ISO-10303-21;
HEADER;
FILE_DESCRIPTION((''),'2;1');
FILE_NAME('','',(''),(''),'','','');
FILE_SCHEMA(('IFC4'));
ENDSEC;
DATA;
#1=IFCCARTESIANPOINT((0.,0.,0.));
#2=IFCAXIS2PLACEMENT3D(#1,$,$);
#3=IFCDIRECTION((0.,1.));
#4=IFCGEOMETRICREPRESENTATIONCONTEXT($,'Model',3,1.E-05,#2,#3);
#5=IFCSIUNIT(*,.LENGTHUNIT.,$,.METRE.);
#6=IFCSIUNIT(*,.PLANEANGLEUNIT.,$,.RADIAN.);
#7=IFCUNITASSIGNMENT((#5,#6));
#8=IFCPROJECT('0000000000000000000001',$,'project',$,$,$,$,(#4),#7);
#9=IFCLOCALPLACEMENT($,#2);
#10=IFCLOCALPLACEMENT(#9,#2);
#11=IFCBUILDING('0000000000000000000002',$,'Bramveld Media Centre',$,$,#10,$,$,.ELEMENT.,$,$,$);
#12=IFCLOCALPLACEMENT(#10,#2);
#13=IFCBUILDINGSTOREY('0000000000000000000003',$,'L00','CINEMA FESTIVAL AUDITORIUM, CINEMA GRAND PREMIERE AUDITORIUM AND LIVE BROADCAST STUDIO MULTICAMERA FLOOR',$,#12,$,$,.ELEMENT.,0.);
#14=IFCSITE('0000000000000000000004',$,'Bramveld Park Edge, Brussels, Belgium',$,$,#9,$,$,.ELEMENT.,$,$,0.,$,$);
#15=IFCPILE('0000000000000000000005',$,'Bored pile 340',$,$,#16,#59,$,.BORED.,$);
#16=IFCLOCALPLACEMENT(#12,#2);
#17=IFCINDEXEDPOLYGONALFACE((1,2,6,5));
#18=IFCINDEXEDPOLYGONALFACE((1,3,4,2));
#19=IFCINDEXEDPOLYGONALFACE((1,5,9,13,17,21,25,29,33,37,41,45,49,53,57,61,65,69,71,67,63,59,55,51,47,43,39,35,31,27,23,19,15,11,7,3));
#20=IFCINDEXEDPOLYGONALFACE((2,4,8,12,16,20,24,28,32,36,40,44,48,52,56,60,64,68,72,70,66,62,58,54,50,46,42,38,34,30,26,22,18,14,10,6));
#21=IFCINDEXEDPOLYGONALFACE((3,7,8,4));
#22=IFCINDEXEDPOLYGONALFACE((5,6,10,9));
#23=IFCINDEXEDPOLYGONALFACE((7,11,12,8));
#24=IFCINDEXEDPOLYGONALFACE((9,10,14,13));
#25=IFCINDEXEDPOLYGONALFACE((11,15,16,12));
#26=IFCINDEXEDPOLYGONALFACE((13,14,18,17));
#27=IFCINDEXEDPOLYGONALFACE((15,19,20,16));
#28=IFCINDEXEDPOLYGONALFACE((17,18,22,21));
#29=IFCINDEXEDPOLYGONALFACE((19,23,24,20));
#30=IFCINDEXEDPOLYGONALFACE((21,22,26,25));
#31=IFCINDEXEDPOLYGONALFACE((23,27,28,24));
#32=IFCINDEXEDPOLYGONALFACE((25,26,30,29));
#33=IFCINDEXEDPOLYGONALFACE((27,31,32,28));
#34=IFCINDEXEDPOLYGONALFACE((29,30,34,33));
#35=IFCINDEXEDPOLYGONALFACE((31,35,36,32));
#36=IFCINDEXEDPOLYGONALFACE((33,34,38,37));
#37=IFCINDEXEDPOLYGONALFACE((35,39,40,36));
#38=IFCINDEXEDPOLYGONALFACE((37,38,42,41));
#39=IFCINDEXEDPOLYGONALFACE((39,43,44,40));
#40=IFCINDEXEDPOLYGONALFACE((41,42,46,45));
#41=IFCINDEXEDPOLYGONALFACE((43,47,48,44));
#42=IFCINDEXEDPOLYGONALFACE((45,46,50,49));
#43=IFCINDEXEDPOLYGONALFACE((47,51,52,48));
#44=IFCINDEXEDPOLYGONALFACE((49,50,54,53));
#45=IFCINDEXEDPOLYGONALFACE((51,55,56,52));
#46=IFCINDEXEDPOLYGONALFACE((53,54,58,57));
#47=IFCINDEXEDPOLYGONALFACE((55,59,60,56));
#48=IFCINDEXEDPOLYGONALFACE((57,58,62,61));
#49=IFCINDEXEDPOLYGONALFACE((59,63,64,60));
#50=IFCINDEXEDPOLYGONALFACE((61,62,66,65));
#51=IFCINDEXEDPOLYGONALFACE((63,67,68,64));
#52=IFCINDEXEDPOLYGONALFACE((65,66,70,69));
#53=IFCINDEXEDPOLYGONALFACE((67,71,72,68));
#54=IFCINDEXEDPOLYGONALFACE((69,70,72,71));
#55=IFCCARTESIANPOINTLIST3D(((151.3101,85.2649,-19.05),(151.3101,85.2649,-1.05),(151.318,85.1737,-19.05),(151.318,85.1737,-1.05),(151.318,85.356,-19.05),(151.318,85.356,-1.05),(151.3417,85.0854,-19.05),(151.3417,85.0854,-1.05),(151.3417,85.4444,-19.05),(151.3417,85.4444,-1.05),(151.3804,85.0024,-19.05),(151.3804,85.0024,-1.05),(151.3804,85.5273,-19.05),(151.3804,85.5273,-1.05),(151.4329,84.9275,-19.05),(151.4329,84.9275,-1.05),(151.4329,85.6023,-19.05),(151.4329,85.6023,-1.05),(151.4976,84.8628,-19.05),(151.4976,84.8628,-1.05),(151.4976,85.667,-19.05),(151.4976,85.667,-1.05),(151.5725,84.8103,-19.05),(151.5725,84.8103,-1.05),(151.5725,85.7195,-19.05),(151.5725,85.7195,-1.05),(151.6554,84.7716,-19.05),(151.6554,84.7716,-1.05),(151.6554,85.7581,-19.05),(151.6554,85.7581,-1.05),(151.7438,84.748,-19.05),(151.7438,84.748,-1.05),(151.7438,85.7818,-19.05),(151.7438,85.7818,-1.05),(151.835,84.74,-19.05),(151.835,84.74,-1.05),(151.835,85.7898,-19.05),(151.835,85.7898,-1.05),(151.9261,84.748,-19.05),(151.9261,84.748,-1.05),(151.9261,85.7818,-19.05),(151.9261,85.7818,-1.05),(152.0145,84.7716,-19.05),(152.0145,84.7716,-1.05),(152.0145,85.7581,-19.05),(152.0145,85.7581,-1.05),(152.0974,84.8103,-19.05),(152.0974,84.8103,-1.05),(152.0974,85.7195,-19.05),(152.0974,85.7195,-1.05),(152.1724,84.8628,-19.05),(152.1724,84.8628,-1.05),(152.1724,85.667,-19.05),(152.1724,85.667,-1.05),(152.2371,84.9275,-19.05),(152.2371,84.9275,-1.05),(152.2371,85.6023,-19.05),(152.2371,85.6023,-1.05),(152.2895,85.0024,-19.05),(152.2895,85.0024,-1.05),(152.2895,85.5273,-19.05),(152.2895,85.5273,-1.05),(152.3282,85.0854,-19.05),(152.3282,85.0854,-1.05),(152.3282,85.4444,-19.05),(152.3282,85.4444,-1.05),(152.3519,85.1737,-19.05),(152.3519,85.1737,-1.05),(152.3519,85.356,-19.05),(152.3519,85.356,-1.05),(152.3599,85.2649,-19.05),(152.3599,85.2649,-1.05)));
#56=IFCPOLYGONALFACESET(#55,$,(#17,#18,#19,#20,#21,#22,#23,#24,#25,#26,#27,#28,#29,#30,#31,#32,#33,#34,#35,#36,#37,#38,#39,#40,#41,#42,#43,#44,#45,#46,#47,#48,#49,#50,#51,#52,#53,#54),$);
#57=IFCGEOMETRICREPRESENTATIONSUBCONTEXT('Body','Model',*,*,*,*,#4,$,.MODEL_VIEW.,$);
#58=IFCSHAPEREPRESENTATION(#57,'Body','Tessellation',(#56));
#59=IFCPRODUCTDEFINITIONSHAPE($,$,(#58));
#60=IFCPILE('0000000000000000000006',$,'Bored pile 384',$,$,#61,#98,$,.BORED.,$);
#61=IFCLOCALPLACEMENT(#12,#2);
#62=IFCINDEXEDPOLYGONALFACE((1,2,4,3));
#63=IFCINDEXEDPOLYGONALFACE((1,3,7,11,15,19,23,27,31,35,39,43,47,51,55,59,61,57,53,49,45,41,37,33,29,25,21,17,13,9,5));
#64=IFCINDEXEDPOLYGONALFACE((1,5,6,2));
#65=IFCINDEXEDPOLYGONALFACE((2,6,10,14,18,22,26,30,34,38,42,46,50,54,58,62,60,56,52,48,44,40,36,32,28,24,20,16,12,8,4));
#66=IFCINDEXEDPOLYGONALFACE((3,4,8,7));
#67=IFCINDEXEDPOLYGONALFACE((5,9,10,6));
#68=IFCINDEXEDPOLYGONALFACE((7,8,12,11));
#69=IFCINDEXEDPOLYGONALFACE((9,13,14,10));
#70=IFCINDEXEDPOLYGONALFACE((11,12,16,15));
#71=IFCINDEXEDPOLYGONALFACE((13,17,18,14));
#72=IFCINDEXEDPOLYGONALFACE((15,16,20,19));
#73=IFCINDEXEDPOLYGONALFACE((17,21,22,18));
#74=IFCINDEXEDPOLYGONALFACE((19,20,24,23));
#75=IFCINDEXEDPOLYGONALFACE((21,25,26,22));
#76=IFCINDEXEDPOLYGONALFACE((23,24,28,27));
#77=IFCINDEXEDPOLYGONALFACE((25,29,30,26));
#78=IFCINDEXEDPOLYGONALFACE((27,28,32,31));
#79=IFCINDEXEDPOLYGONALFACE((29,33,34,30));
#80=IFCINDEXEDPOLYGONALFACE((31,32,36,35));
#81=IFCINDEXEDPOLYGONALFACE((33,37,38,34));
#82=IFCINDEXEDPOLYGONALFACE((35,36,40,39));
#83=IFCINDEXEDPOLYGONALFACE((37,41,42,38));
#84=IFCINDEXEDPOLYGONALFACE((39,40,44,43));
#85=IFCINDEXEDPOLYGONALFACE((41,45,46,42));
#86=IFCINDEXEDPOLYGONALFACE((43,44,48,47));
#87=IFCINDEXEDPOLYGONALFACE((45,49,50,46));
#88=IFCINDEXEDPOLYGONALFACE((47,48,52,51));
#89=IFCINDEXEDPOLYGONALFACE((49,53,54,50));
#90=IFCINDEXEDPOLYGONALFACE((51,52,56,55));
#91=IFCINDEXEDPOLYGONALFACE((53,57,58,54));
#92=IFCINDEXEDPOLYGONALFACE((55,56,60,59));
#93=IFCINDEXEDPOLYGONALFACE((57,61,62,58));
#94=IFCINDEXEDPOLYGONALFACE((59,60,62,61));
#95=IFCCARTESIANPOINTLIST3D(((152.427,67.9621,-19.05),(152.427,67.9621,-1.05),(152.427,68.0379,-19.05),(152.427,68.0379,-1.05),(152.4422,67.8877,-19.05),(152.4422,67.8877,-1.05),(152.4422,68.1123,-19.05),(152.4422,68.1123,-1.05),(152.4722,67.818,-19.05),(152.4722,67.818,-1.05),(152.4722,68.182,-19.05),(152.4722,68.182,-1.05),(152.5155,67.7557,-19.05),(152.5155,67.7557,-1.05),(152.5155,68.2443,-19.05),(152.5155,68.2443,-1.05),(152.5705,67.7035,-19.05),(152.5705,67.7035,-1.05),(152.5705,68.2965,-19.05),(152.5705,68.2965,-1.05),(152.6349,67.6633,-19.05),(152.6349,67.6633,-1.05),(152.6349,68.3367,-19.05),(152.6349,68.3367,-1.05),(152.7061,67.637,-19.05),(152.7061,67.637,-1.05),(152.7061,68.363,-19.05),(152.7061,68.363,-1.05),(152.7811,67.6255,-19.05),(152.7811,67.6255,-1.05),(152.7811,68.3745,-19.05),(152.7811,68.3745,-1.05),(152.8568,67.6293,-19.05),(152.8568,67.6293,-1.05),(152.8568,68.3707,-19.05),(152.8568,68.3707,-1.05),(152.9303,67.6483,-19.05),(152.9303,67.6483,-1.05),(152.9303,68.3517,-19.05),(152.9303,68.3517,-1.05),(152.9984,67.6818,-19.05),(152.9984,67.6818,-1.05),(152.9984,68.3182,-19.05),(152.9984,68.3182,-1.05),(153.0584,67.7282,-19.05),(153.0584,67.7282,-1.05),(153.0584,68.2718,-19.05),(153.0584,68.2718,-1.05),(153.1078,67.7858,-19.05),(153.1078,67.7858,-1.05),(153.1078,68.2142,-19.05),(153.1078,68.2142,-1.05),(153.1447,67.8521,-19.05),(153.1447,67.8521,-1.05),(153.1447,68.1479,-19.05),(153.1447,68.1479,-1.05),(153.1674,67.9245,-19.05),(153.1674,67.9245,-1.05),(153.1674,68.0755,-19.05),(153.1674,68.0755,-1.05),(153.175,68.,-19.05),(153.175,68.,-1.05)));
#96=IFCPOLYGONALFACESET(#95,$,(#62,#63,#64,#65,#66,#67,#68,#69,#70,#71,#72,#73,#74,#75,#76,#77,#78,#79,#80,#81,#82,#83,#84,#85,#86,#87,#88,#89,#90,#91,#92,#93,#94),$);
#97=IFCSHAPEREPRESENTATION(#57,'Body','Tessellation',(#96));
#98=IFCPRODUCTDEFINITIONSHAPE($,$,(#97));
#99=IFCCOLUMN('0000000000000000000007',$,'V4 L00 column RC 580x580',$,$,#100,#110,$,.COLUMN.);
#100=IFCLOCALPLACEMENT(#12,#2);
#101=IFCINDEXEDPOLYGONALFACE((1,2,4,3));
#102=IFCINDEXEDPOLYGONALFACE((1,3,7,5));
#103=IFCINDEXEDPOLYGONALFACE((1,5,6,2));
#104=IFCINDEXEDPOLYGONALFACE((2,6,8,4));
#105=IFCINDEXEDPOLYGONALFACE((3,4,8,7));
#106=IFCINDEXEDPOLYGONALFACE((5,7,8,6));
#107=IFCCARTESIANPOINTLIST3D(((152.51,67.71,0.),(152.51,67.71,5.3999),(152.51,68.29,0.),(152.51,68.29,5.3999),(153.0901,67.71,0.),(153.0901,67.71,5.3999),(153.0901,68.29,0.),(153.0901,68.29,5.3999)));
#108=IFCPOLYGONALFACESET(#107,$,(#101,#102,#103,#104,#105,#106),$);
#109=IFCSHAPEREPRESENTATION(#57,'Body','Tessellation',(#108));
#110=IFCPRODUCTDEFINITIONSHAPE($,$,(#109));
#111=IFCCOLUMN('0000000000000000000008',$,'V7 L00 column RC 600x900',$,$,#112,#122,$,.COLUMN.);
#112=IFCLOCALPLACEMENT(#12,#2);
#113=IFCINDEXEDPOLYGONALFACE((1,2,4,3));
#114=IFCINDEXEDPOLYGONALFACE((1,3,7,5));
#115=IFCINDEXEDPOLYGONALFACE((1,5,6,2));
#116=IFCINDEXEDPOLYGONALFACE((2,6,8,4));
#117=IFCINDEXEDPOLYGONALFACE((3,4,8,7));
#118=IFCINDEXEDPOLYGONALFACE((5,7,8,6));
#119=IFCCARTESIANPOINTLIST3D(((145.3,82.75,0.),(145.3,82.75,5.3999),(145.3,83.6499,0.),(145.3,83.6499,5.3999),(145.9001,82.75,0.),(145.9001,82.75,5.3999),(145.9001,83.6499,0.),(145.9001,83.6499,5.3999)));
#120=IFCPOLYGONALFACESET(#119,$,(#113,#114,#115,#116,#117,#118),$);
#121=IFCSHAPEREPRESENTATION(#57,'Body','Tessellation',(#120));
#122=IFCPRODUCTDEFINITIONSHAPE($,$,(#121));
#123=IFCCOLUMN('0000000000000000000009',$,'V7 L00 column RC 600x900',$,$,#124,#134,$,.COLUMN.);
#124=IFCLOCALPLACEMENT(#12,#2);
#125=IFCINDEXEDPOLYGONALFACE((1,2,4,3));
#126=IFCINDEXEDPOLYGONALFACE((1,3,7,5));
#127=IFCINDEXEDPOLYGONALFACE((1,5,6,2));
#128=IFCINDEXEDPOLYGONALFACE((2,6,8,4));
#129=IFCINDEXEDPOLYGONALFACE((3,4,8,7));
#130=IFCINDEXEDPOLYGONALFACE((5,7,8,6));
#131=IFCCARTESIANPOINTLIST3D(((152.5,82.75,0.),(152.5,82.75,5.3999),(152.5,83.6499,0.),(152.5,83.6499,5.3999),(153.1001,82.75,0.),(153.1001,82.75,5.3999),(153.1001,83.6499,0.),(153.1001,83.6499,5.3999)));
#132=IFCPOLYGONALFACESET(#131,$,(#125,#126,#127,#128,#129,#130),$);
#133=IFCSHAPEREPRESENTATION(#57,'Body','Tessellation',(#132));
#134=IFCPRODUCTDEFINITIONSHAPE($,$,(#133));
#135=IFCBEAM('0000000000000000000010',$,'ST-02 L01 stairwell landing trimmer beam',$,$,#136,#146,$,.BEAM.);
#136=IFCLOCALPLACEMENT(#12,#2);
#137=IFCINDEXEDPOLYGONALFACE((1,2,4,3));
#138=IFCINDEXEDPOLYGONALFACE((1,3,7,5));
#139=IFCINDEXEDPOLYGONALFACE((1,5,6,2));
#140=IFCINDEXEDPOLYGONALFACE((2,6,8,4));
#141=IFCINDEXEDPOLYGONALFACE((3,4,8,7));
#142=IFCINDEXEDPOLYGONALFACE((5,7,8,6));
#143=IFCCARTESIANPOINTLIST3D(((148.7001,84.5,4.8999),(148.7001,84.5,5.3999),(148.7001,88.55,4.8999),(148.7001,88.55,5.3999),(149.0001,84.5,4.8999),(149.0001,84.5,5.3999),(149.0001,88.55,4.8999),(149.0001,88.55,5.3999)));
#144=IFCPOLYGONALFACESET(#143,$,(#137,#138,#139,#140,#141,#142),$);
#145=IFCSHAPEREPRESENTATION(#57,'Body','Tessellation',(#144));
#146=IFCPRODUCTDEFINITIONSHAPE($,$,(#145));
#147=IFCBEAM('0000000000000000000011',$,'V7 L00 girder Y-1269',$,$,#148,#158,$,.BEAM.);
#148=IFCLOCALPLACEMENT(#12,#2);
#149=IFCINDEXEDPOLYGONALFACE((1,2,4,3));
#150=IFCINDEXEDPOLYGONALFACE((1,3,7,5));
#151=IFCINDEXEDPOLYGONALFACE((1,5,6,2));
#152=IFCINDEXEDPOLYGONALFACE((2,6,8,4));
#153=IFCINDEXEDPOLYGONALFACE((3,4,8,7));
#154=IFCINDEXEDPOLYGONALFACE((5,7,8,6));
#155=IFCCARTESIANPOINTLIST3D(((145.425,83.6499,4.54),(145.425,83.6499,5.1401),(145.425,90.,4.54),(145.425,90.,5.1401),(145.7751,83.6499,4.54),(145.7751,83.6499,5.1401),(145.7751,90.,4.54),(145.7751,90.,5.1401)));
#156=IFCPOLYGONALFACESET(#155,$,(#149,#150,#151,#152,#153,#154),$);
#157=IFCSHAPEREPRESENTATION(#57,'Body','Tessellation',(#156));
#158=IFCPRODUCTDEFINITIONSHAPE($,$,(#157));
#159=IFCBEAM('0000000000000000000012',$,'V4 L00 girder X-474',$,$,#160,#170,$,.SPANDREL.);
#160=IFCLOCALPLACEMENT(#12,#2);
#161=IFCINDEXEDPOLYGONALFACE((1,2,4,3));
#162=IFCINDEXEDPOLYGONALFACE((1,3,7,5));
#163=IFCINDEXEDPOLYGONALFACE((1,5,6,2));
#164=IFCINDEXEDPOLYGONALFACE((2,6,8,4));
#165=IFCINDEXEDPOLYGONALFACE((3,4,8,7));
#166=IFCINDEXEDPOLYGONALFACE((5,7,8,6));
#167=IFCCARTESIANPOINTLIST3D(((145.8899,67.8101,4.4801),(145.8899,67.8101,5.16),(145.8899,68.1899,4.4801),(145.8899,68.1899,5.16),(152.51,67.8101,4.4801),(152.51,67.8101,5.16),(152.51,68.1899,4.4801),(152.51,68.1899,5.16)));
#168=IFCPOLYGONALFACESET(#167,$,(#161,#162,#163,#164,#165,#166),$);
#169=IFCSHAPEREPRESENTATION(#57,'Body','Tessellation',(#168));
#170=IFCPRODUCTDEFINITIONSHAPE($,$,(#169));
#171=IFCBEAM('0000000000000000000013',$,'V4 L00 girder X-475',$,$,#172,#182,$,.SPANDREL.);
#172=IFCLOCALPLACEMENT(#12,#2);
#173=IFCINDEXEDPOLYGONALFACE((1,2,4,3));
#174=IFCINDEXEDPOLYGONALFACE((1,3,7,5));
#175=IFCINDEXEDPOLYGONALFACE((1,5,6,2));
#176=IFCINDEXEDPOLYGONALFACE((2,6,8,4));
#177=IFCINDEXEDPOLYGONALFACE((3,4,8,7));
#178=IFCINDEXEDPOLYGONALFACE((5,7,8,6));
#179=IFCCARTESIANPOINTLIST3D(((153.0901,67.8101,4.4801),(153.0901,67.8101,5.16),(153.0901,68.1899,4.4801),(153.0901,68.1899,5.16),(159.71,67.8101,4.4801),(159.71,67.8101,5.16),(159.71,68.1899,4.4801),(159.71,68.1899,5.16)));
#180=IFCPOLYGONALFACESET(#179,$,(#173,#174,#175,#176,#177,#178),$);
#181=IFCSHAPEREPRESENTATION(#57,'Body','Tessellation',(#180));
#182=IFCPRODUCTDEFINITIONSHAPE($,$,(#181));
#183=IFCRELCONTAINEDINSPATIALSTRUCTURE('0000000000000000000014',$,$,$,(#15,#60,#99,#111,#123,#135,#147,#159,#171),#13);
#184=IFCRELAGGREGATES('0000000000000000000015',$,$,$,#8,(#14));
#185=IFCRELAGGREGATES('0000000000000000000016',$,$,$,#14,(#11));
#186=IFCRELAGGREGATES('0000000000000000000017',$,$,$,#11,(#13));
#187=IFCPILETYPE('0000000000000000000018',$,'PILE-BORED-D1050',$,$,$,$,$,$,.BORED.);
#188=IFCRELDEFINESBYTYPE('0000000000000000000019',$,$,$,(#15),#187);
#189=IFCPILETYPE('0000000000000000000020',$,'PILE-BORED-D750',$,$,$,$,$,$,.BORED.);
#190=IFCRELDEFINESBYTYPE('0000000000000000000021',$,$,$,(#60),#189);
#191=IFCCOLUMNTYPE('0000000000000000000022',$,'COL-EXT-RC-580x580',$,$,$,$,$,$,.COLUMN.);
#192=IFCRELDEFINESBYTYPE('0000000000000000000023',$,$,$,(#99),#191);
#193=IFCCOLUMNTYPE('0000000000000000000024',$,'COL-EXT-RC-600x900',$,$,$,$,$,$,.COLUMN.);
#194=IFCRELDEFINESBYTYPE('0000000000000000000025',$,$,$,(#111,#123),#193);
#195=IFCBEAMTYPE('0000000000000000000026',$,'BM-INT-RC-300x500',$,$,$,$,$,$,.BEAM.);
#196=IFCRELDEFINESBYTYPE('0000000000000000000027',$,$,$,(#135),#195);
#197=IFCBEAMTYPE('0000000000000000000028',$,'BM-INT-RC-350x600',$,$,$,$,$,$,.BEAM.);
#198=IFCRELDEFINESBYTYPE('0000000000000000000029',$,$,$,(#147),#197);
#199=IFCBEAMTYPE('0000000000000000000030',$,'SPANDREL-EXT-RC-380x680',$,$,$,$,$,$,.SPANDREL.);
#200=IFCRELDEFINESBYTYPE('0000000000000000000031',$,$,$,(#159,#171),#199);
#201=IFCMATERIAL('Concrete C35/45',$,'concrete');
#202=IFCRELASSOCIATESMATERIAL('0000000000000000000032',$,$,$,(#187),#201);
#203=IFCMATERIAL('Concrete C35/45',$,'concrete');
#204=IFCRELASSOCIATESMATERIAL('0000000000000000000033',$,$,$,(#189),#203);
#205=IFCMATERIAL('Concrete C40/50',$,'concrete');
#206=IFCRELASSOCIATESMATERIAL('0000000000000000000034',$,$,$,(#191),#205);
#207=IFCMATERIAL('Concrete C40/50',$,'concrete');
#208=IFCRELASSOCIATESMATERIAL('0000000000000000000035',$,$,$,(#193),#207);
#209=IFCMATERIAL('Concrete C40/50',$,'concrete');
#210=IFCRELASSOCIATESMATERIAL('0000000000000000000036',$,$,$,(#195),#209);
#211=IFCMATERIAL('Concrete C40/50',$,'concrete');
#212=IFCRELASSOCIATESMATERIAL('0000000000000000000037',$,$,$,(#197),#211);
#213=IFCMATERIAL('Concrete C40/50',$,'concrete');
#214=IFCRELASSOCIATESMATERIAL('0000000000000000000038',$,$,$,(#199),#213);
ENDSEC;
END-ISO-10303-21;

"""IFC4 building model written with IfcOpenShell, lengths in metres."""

from ifc_helpers import new_model, si_unit, direction, frame, origin, origin_2d, place, context, subcontext, project, spatial, rectangle, circle, extrude, material, material_profile, profile_set, type_object, element, save


model = new_model("IFC4")

# Units and contexts
model_context = context("Model", 3, precision=1e-05, world=origin(), true_north=direction((0.0, 1.0)))
body_context = subcontext(model_context, "Body", "Model", "MODEL_VIEW")
ifc_project = project(units=[si_unit("LENGTHUNIT", "METRE"), si_unit("PLANEANGLEUNIT", "RADIAN")], contexts=[model_context])

# Site, building, storey
site_placement = place(None, origin())
site = spatial("IfcSite", under=ifc_project, at=site_placement, Name="Bramveld Park Edge, Brussels, Belgium", CompositionType="ELEMENT", RefElevation=0.0)
building_placement = place(site_placement, origin())
building = spatial("IfcBuilding", under=site, at=building_placement, Name="Bramveld Media Centre", CompositionType="ELEMENT")
storey_placement = place(building_placement, origin())
storey = spatial("IfcBuildingStorey", under=building, at=storey_placement, Name="L00", Description="CINEMA FESTIVAL AUDITORIUM, CINEMA GRAND PREMIERE AUDITORIUM AND LIVE BROADCAST STUDIO MULTICAMERA FLOOR", CompositionType="ELEMENT", Elevation=0.0)

# Piles
ifc_material_1 = material(Name="Concrete C35/45", Category="concrete")
ifc_material_profile_1 = material_profile(ifc_material_1, circle(Radius=0.5249, at=origin_2d()), Name="BORED D1050")
ifc_profile_set_1 = profile_set([ifc_material_profile_1], Name="Concrete C35/45")
pile_type_1 = type_object("IfcPileType", Name="PILE-BORED-D1050", PredefinedType="BORED", material=ifc_profile_set_1)
for number, where, z_axis, x_axis, name in (
    (1, (151.835, 85.2649, -1.05), (0.0, 0.0, -1.0), (1.0, 0.0, 0.0), "Bored pile 340"),
):
    element("IfcPile", number, at=place(storey_placement, frame(where, z_axis=z_axis, x_axis=x_axis)), inside=storey, type_object=pile_type_1, Name=name, PredefinedType="BORED", context=body_context, shape_type="SweptSolid", body=[
        extrude(circle(Radius=0.5249, at=origin_2d()), origin(), (0.0, 0.0, 1.0), 18.0),
    ])
ifc_material_2 = material(Name="Concrete C35/45", Category="concrete")
ifc_material_profile_2 = material_profile(ifc_material_2, circle(Radius=0.375, at=origin_2d()), Name="BORED D750")
ifc_profile_set_2 = profile_set([ifc_material_profile_2], Name="Concrete C35/45")
pile_type_2 = type_object("IfcPileType", Name="PILE-BORED-D750", PredefinedType="BORED", material=ifc_profile_set_2)
pile_placement = place(storey_placement, frame((152.8, 68.0, -1.05), z_axis=(0.0, 0.0, -1.0), x_axis=(1.0, 0.0, 0.0)))
element("IfcPile", 2, at=pile_placement, inside=storey, type_object=pile_type_2, Name="Bored pile 384", PredefinedType="BORED", context=body_context, shape_type="SweptSolid", body=[
    extrude(circle(Radius=0.375, at=origin_2d()), origin(), (0.0, 0.0, 1.0), 18.0),
])

# Columns
ifc_material_3 = material(Name="Concrete C40/50", Category="concrete")
ifc_material_profile_3 = material_profile(ifc_material_3, rectangle(XDim=0.5801, YDim=0.5801, at=origin_2d()), Name="RC 580x580")
ifc_profile_set_3 = profile_set([ifc_material_profile_3], Name="Concrete C40/50")
column_type_1 = type_object("IfcColumnType", Name="COL-EXT-RC-580x580", PredefinedType="COLUMN", material=ifc_profile_set_3)
column_placement = place(storey_placement, frame((152.8, 68.0, 0.0), z_axis=(0.0, 0.0, 1.0), x_axis=(1.0, 0.0, 0.0)))
element("IfcColumn", 3, at=column_placement, inside=storey, type_object=column_type_1, Name="V4 L00 column RC 580x580", PredefinedType="COLUMN", context=body_context, shape_type="SweptSolid", body=[
    extrude(rectangle(XDim=0.5801, YDim=0.5801, at=origin_2d()), origin(), (0.0, 0.0, 1.0), 5.3999),
])
ifc_material_4 = material(Name="Concrete C40/50", Category="concrete")
ifc_material_profile_4 = material_profile(ifc_material_4, rectangle(XDim=0.6001, YDim=0.8999, at=origin_2d()), Name="RC 600x900")
ifc_profile_set_4 = profile_set([ifc_material_profile_4], Name="Concrete C40/50")
column_type_2 = type_object("IfcColumnType", Name="COL-EXT-RC-600x900", PredefinedType="COLUMN", material=ifc_profile_set_4)
for number, where, z_axis, x_axis, name in (
    (4, (145.6001, 83.2, 0.0), (0.0, 0.0, 1.0), (1.0, 0.0, 0.0), "V7 L00 column RC 600x900"),
    (5, (152.8, 83.2, 0.0), (0.0, 0.0, 1.0), (1.0, 0.0, 0.0), "V7 L00 column RC 600x900"),
):
    element("IfcColumn", number, at=place(storey_placement, frame(where, z_axis=z_axis, x_axis=x_axis)), inside=storey, type_object=column_type_2, Name=name, PredefinedType="COLUMN", context=body_context, shape_type="SweptSolid", body=[
        extrude(rectangle(XDim=0.6001, YDim=0.8999, at=origin_2d()), origin(), (0.0, 0.0, 1.0), 5.3999),
    ])

# Beams
ifc_material_5 = material(Name="Concrete C40/50", Category="concrete")
ifc_material_profile_5 = material_profile(ifc_material_5, rectangle(XDim=0.3, YDim=0.5, at=origin_2d()), Name="RC 300x500")
ifc_profile_set_5 = profile_set([ifc_material_profile_5], Name="Concrete C40/50")
beam_type_1 = type_object("IfcBeamType", Name="BM-INT-RC-300x500", PredefinedType="BEAM", material=ifc_profile_set_5)
beam_1_placement = place(storey_placement, frame((148.8501, 84.5, 5.1499), z_axis=(0.0, 1.0, 0.0), x_axis=(-1.0, 0.0, 0.0)))
element("IfcBeam", 6, at=beam_1_placement, inside=storey, type_object=beam_type_1, Name="ST-02 L01 stairwell landing trimmer beam", PredefinedType="BEAM", context=body_context, shape_type="SweptSolid", body=[
    extrude(rectangle(XDim=0.3, YDim=0.5, at=origin_2d()), origin(), (0.0, 0.0, 1.0), 4.05),
])
ifc_material_6 = material(Name="Concrete C40/50", Category="concrete")
ifc_material_profile_6 = material_profile(ifc_material_6, rectangle(XDim=0.3501, YDim=0.6001, at=origin_2d()), Name="RC 350x600")
ifc_profile_set_6 = profile_set([ifc_material_profile_6], Name="Concrete C40/50")
beam_type_2 = type_object("IfcBeamType", Name="BM-INT-RC-350x600", PredefinedType="BEAM", material=ifc_profile_set_6)
beam_2_placement = place(storey_placement, frame((145.6001, 83.6499, 4.8401), z_axis=(0.0, 1.0, 0.0), x_axis=(-1.0, 0.0, 0.0)))
element("IfcBeam", 7, at=beam_2_placement, inside=storey, type_object=beam_type_2, Name="V7 L00 girder Y-1269", PredefinedType="BEAM", context=body_context, shape_type="SweptSolid", body=[
    extrude(rectangle(XDim=0.3501, YDim=0.6001, at=origin_2d()), origin(), (0.0, 0.0, 1.0), 6.3501),
])
ifc_material_7 = material(Name="Concrete C40/50", Category="concrete")
ifc_material_profile_7 = material_profile(ifc_material_7, rectangle(XDim=0.3799, YDim=0.6799, at=origin_2d()), Name="RC 380x680")
ifc_profile_set_7 = profile_set([ifc_material_profile_7], Name="Concrete C40/50")
beam_type_3 = type_object("IfcBeamType", Name="SPANDREL-EXT-RC-380x680", PredefinedType="SPANDREL", material=ifc_profile_set_7)
beam_3_placement = place(storey_placement, frame((145.8899, 68.0, 4.8201), z_axis=(1.0, 0.0, 0.0), x_axis=(0.0, 1.0, 0.0)))
element("IfcBeam", 8, at=beam_3_placement, inside=storey, type_object=beam_type_3, Name="V4 L00 girder X-474", PredefinedType="SPANDREL", context=body_context, shape_type="SweptSolid", body=[
    extrude(rectangle(XDim=0.3799, YDim=0.6799, at=origin_2d()), origin(), (0.0, 0.0, 1.0), 6.6201),
])
beam_4_placement = place(storey_placement, frame((153.0901, 68.0, 4.8201), z_axis=(1.0, 0.0, 0.0), x_axis=(0.0, 1.0, 0.0)))
element("IfcBeam", 9, at=beam_4_placement, inside=storey, type_object=beam_type_3, Name="V4 L00 girder X-475", PredefinedType="SPANDREL", context=body_context, shape_type="SweptSolid", body=[
    extrude(rectangle(XDim=0.3799, YDim=0.6799, at=origin_2d()), origin(), (0.0, 0.0, 1.0), 6.6199),
])

save(model, "model.ifc")
